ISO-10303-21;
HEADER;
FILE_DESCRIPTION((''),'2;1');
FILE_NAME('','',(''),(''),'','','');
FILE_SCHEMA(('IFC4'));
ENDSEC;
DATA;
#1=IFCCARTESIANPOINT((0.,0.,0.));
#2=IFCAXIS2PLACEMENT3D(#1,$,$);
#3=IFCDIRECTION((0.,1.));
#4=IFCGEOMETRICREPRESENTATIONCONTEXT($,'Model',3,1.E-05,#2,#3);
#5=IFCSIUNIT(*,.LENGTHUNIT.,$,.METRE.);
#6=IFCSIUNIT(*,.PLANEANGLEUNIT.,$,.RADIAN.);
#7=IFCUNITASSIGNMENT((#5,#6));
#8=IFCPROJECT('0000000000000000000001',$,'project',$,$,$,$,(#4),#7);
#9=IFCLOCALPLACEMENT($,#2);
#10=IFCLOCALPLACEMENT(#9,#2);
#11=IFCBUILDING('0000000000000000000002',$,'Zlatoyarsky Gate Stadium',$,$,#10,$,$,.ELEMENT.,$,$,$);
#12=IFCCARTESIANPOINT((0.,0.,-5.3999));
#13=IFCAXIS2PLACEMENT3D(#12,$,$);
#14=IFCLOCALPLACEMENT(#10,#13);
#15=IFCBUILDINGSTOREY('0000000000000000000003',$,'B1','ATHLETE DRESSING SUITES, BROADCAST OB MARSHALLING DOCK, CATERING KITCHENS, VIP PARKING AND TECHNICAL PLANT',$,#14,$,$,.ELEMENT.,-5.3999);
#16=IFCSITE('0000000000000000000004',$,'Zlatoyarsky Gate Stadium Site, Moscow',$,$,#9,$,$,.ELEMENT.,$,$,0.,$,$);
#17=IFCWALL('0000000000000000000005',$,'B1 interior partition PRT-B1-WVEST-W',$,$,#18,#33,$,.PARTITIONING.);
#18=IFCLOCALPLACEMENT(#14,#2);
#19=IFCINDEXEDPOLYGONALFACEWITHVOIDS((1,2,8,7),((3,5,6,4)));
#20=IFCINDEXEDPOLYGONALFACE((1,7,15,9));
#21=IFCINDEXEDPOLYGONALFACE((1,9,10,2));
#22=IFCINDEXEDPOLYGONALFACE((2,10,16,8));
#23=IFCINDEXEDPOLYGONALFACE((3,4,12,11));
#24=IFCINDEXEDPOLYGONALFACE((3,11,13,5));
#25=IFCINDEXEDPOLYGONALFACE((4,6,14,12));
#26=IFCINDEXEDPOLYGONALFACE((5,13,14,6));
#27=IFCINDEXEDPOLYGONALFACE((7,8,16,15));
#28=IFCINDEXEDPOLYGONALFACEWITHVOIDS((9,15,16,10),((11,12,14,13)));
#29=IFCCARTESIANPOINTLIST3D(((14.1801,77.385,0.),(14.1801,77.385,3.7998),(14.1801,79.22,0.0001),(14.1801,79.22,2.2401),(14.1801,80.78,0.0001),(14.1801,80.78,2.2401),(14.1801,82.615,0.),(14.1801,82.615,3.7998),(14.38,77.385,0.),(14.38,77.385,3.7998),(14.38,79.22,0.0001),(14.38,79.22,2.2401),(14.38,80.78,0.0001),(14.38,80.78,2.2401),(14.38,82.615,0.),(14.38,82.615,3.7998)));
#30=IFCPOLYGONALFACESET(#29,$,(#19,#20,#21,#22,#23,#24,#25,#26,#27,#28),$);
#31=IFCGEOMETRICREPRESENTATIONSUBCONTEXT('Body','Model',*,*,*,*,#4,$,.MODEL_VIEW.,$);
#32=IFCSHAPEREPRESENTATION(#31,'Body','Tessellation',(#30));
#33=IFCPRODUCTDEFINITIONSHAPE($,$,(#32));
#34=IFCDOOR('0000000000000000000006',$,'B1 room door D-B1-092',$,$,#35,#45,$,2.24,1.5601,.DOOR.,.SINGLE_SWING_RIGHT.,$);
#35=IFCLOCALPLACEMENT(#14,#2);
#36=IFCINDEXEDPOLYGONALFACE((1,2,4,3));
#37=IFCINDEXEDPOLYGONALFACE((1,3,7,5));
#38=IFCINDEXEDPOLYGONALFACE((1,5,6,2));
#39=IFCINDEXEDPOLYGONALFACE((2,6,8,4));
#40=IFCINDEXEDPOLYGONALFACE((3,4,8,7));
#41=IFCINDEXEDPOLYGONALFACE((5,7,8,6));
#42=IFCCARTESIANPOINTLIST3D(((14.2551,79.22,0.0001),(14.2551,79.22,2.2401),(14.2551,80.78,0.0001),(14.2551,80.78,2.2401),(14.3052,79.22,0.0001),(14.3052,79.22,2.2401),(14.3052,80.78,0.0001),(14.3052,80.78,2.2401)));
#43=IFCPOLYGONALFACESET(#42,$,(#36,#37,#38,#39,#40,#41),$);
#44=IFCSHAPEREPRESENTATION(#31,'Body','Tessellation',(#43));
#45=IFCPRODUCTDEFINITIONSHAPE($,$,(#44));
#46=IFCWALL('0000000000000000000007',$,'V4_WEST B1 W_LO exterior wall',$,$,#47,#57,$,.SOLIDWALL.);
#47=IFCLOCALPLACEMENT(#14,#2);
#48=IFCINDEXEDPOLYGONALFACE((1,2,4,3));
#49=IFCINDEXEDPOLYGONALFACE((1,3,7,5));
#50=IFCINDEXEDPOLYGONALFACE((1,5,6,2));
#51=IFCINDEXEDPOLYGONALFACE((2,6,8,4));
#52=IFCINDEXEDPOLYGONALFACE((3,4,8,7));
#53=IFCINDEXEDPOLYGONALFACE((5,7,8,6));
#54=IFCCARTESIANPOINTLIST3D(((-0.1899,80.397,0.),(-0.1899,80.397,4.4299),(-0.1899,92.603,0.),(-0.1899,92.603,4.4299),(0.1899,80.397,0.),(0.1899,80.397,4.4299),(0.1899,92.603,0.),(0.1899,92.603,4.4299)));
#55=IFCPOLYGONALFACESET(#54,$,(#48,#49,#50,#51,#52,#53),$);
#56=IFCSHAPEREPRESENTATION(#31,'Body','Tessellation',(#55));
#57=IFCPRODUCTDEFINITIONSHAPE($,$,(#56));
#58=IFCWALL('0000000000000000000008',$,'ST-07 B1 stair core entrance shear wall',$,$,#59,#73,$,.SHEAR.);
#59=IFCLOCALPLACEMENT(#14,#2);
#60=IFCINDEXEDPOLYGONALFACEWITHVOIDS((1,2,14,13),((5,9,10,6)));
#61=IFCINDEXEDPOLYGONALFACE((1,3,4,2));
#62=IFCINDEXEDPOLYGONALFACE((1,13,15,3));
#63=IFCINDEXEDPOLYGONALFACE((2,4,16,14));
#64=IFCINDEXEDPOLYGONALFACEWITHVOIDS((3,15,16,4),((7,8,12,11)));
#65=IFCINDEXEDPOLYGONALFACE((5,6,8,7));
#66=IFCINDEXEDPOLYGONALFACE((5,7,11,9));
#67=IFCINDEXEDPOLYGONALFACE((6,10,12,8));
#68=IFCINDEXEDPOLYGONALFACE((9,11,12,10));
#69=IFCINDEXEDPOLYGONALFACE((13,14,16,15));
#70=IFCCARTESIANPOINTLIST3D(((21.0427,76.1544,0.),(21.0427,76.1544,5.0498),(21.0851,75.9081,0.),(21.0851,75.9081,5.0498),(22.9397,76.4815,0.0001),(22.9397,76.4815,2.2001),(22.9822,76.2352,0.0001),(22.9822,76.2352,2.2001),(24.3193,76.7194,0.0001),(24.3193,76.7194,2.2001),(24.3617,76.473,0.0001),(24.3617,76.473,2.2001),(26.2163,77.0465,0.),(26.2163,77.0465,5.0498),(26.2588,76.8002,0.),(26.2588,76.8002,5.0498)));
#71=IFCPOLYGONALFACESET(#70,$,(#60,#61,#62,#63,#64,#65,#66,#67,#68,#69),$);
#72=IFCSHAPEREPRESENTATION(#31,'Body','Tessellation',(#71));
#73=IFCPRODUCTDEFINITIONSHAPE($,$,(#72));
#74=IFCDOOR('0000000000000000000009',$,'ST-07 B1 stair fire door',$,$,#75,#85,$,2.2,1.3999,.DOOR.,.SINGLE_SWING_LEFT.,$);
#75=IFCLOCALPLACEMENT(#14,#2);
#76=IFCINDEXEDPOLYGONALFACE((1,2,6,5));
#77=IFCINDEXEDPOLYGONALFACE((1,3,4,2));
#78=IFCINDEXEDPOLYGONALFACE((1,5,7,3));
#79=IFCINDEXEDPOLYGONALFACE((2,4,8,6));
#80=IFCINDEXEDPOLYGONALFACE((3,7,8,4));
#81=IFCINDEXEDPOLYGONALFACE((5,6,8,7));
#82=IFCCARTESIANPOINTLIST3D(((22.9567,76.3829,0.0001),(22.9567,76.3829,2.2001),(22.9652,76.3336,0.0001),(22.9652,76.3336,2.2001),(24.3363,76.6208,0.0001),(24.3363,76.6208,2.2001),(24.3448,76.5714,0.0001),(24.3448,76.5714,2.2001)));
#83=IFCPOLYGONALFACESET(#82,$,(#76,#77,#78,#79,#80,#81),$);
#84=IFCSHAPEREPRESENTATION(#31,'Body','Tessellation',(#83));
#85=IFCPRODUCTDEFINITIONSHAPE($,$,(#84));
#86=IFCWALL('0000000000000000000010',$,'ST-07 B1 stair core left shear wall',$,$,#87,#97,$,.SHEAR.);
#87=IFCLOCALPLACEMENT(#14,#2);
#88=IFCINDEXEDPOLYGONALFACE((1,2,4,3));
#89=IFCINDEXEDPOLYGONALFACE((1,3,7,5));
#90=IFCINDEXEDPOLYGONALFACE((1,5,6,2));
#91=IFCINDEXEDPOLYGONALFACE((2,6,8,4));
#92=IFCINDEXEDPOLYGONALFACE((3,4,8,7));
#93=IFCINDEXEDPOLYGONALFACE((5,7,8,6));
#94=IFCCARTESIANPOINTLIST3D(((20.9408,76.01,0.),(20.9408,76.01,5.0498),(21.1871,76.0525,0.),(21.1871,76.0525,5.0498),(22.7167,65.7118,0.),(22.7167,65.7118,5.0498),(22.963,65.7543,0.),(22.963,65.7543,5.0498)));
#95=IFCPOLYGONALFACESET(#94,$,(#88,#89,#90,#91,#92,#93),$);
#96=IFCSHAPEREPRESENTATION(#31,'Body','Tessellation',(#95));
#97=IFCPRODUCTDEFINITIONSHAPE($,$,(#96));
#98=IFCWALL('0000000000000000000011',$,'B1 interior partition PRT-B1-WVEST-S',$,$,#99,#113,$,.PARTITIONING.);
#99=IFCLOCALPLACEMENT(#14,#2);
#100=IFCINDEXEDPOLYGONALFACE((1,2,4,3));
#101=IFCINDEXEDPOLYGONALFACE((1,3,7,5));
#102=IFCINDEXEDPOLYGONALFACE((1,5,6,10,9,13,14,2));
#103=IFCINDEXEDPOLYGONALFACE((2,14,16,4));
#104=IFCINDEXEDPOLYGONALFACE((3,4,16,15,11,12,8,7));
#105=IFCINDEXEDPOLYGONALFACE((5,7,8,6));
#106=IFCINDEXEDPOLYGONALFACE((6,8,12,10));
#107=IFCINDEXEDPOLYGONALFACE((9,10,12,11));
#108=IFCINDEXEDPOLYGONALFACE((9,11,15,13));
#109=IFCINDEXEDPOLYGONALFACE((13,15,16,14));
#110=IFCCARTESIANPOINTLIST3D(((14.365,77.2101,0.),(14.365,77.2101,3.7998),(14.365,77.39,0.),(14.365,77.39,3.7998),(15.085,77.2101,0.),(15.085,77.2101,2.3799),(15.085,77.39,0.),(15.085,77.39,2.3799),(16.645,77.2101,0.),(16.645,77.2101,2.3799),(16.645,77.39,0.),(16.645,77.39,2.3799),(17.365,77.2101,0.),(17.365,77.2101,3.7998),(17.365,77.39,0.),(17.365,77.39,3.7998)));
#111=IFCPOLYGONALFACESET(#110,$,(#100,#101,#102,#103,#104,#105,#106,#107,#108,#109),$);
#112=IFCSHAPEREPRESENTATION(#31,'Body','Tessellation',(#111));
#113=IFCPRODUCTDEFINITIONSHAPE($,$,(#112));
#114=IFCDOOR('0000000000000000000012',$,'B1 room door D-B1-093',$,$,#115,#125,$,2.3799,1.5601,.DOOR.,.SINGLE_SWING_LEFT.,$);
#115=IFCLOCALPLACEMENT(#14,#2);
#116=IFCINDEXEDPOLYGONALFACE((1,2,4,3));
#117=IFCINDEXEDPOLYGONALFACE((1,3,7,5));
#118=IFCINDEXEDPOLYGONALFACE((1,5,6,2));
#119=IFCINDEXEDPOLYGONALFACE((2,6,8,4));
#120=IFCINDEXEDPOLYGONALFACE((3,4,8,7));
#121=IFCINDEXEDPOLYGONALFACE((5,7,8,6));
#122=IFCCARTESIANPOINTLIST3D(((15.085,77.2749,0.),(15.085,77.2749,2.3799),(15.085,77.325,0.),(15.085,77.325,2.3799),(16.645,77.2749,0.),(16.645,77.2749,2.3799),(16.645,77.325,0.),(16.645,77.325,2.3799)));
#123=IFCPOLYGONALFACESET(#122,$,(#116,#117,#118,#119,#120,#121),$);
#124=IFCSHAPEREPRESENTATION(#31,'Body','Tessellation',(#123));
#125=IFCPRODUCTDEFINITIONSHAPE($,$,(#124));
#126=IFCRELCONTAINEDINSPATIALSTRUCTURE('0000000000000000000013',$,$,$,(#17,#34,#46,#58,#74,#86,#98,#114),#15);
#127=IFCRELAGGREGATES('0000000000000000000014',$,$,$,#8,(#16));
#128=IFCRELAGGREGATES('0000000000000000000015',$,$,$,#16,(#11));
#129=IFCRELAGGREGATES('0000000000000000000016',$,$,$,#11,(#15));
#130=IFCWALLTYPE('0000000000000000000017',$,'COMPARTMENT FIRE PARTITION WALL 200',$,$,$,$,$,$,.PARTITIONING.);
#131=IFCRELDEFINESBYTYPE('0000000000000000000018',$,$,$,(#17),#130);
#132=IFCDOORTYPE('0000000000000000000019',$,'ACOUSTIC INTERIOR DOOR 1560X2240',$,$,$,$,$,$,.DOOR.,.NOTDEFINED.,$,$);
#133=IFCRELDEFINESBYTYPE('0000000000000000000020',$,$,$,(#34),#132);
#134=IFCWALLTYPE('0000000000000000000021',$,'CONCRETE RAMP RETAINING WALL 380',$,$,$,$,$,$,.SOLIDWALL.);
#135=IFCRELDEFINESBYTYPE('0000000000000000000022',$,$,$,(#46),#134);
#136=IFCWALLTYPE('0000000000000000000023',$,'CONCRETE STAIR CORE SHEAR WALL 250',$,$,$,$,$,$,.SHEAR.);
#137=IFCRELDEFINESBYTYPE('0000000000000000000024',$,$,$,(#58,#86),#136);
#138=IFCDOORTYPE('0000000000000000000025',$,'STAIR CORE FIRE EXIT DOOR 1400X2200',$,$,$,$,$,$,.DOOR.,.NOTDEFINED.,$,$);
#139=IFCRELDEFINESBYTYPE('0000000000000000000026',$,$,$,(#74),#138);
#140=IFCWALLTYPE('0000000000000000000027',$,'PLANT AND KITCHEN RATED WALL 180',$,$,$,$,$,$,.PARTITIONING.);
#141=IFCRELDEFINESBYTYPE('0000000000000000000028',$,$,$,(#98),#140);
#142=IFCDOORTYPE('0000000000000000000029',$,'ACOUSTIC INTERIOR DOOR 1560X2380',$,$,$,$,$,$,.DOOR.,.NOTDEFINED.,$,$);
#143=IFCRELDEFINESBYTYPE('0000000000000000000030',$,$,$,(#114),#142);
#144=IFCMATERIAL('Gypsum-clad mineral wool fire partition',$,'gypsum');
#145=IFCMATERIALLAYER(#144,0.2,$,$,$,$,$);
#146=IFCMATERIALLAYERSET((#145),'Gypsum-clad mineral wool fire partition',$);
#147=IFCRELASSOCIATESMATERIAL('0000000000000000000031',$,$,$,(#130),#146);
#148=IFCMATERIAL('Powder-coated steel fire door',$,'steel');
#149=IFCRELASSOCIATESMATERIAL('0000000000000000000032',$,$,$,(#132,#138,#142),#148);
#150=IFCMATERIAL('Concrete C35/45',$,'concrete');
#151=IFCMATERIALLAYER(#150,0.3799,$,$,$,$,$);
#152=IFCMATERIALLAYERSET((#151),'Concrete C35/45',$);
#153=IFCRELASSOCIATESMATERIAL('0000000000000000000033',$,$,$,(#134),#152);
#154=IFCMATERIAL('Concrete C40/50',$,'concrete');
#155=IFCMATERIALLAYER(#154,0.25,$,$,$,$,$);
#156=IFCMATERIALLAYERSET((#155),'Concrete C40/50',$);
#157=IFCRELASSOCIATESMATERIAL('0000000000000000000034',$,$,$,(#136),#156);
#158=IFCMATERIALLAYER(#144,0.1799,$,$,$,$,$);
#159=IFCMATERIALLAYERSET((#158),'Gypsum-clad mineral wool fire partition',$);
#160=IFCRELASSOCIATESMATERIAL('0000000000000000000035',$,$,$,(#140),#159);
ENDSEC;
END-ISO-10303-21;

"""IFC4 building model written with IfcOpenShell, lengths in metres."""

from ifc_helpers import new_model, si_unit, direction, frame, frame_2d, origin, place, context, subcontext, project, spatial, rectangle, extrude, material, layer, layer_set, type_object, element, fill, save


model = new_model("IFC4")

# Units and contexts
model_context = context("Model", 3, precision=1e-05, world=origin(), true_north=direction((0.0, 1.0)))
body_context = subcontext(model_context, "Body", "Model", "MODEL_VIEW")
ifc_project = project(units=[si_unit("LENGTHUNIT", "METRE"), si_unit("PLANEANGLEUNIT", "RADIAN")], contexts=[model_context])

# Site, building, storey
site_placement = place(None, origin())
site = spatial("IfcSite", under=ifc_project, at=site_placement, Name="Zlatoyarsky Gate Stadium Site, Moscow", CompositionType="ELEMENT", RefElevation=0.0)
building_placement = place(site_placement, origin())
building = spatial("IfcBuilding", under=site, at=building_placement, Name="Zlatoyarsky Gate Stadium", CompositionType="ELEMENT")
storey_placement = place(building_placement, frame((0.0, 0.0, -5.3999)))
storey = spatial("IfcBuildingStorey", under=building, at=storey_placement, Name="B1", Description="ATHLETE DRESSING SUITES, BROADCAST OB MARSHALLING DOCK, CATERING KITCHENS, VIP PARKING AND TECHNICAL PLANT", CompositionType="ELEMENT", Elevation=-5.3999)

# Shared definitions
ifc_material_1 = material(Name="Concrete C35/45", Category="concrete")

# Shared definitions
ifc_material_2 = material(Name="Concrete C40/50", Category="concrete")

# Wall, opening, door
ifc_material_3 = material(Name="Gypsum-clad mineral wool fire partition", Category="gypsum")
ifc_layer_1 = layer(ifc_material_3, 0.2)
ifc_layer_set_1 = layer_set([ifc_layer_1], Name="Gypsum-clad mineral wool fire partition")
wall_type_1 = type_object("IfcWallType", Name="COMPARTMENT FIRE PARTITION WALL 200", PredefinedType="PARTITIONING", material=ifc_layer_set_1)
wall_1_placement = place(storey_placement, frame((14.28, 77.385, 0.0), z_axis=(0.0, 0.0, 1.0), x_axis=(0.0, 1.0, 0.0)))
wall_1 = element("IfcWall", 1, at=wall_1_placement, inside=storey, type_object=wall_type_1, Name="B1 interior partition PRT-B1-WVEST-W", PredefinedType="PARTITIONING", context=body_context, shape_type="SweptSolid", body=[
    extrude(rectangle(XDim=5.23, YDim=0.2, at=frame_2d((2.615, 0.0))), origin(), (0.0, 0.0, 1.0), 3.7998),
])
opening_1_placement = place(wall_1_placement, frame((1.835, 0.0, 0.0)))
opening_1 = element("IfcOpeningElement", 2, at=opening_1_placement, cuts=wall_1, PredefinedType="OPENING", context=body_context, shape_type="SweptSolid", body=[
    extrude(rectangle(XDim=1.5601, YDim=2.24, at=frame_2d((0.78, 1.1201))), frame((0.0, 0.1099, 0.0), z_axis=(0.0, -1.0, 0.0), x_axis=(1.0, 0.0, 0.0)), (0.0, 0.0, 1.0), 0.22),
])
ifc_material_4 = material(Name="Powder-coated steel fire door", Category="steel")
door_type_1 = type_object("IfcDoorType", Name="ACOUSTIC INTERIOR DOOR 1560X2240", OperationType="NOTDEFINED", PredefinedType="DOOR", material=ifc_material_4)
door_1_placement = place(opening_1_placement, origin())
door_1 = element("IfcDoor", 3, at=door_1_placement, inside=storey, type_object=door_type_1, Name="B1 room door D-B1-092", OperationType="SINGLE_SWING_RIGHT", OverallHeight=2.24, OverallWidth=1.5601, PredefinedType="DOOR", context=body_context, shape_type="SweptSolid", body=[
    extrude(rectangle(XDim=1.5601, YDim=2.24, at=frame_2d((0.78, 1.1201))), frame((0.0, 0.0249, 0.0), z_axis=(0.0, -1.0, 0.0), x_axis=(1.0, 0.0, 0.0)), (0.0, 0.0, 1.0), 0.05),
])
fill(opening_1, door_1)

# Wall
ifc_layer_2 = layer(ifc_material_1, 0.3799)
ifc_layer_set_2 = layer_set([ifc_layer_2], Name="Concrete C35/45")
wall_type_2 = type_object("IfcWallType", Name="CONCRETE RAMP RETAINING WALL 380", PredefinedType="SOLIDWALL", material=ifc_layer_set_2)
wall_2_placement = place(storey_placement, frame((0.0, 80.397, 0.0), z_axis=(0.0, 0.0, 1.0), x_axis=(0.0, 1.0, 0.0)))
element("IfcWall", 4, at=wall_2_placement, inside=storey, type_object=wall_type_2, Name="V4_WEST B1 W_LO exterior wall", PredefinedType="SOLIDWALL", context=body_context, shape_type="SweptSolid", body=[
    extrude(rectangle(XDim=12.2061, YDim=0.3799, at=frame_2d((6.103, 0.0))), origin(), (0.0, 0.0, 1.0), 4.4299),
])

# Wall, opening, door
ifc_layer_3 = layer(ifc_material_2, 0.25)
ifc_layer_set_3 = layer_set([ifc_layer_3], Name="Concrete C40/50")
wall_type_3 = type_object("IfcWallType", Name="CONCRETE STAIR CORE SHEAR WALL 250", PredefinedType="SHEAR", material=ifc_layer_set_3)
wall_3_placement = place(storey_placement, frame((26.2375, 76.9233, 0.0), z_axis=(0.0, 0.0, 1.0), x_axis=(-0.985457, -0.169924, 0.0)))
wall_3 = element("IfcWall", 5, at=wall_3_placement, inside=storey, type_object=wall_type_3, Name="ST-07 B1 stair core entrance shear wall", PredefinedType="SHEAR", context=body_context, shape_type="SweptSolid", body=[
    extrude(rectangle(XDim=5.25, YDim=0.25, at=frame_2d((2.625, 0.0))), origin(), (0.0, 0.0, 1.0), 5.0498),
])
opening_2_placement = place(wall_3_placement, frame((1.925, 0.0, 0.0)))
opening_2 = element("IfcOpeningElement", 6, at=opening_2_placement, cuts=wall_3, PredefinedType="OPENING", context=body_context, shape_type="SweptSolid", body=[
    extrude(rectangle(XDim=1.3999, YDim=2.2, at=frame_2d((0.7, 1.1001))), frame((0.0, 0.135, 0.0), z_axis=(0.0, -1.0, 0.0), x_axis=(1.0, 0.0, 0.0)), (0.0, 0.0, 1.0), 0.27),
])
door_type_2 = type_object("IfcDoorType", Name="STAIR CORE FIRE EXIT DOOR 1400X2200", OperationType="NOTDEFINED", PredefinedType="DOOR", material=ifc_material_4)
door_2_placement = place(opening_2_placement, frame((1.3999, 0.0, 0.0), z_axis=(0.0, 0.0, 1.0), x_axis=(-1.0, 0.0, 0.0)))
door_2 = element("IfcDoor", 7, at=door_2_placement, inside=storey, type_object=door_type_2, Name="ST-07 B1 stair fire door", OperationType="SINGLE_SWING_LEFT", OverallHeight=2.2, OverallWidth=1.3999, PredefinedType="DOOR", context=body_context, shape_type="SweptSolid", body=[
    extrude(rectangle(XDim=1.3999, YDim=2.2, at=frame_2d((0.7, 1.1001))), frame((0.0, 0.0249, 0.0), z_axis=(0.0, -1.0, 0.0), x_axis=(1.0, 0.0, 0.0)), (0.0, 0.0, 1.0), 0.05),
])
fill(opening_2, door_2)

# Wall
wall_4_placement = place(storey_placement, frame((21.064, 76.0312, 0.0), z_axis=(0.0, 0.0, 1.0), x_axis=(0.169939, -0.985455, 0.0)))
element("IfcWall", 8, at=wall_4_placement, inside=storey, type_object=wall_type_3, Name="ST-07 B1 stair core left shear wall", PredefinedType="SHEAR", context=body_context, shape_type="SweptSolid", body=[
    extrude(rectangle(XDim=10.4502, YDim=0.25, at=frame_2d((5.2251, 0.0))), origin(), (0.0, 0.0, 1.0), 5.0498),
])

# Wall, opening, door
ifc_layer_4 = layer(ifc_material_3, 0.1799)
ifc_layer_set_4 = layer_set([ifc_layer_4], Name="Gypsum-clad mineral wool fire partition")
wall_type_4 = type_object("IfcWallType", Name="PLANT AND KITCHEN RATED WALL 180", PredefinedType="PARTITIONING", material=ifc_layer_set_4)
wall_5_placement = place(storey_placement, frame((14.365, 77.3, 0.0), z_axis=(0.0, 0.0, 1.0), x_axis=(1.0, 0.0, 0.0)))
wall_5 = element("IfcWall", 9, at=wall_5_placement, inside=storey, type_object=wall_type_4, Name="B1 interior partition PRT-B1-WVEST-S", PredefinedType="PARTITIONING", context=body_context, shape_type="SweptSolid", body=[
    extrude(rectangle(XDim=3.0, YDim=0.1799, at=frame_2d((1.5, 0.0))), origin(), (0.0, 0.0, 1.0), 3.7998),
])
opening_3_placement = place(wall_5_placement, frame((0.72, 0.0, 0.0)))
opening_3 = element("IfcOpeningElement", 10, at=opening_3_placement, cuts=wall_5, PredefinedType="OPENING", context=body_context, shape_type="SweptSolid", body=[
    extrude(rectangle(XDim=1.5601, YDim=2.3799, at=frame_2d((0.78, 1.1899))), frame((0.0, 0.0999, 0.0), z_axis=(0.0, -1.0, 0.0), x_axis=(1.0, 0.0, 0.0)), (0.0, 0.0, 1.0), 0.2),
])
door_type_3 = type_object("IfcDoorType", Name="ACOUSTIC INTERIOR DOOR 1560X2380", OperationType="NOTDEFINED", PredefinedType="DOOR", material=ifc_material_4)
door_3_placement = place(opening_3_placement, origin())
door_3 = element("IfcDoor", 11, at=door_3_placement, inside=storey, type_object=door_type_3, Name="B1 room door D-B1-093", OperationType="SINGLE_SWING_LEFT", OverallHeight=2.3799, OverallWidth=1.5601, PredefinedType="DOOR", context=body_context, shape_type="SweptSolid", body=[
    extrude(rectangle(XDim=1.5601, YDim=2.3799, at=frame_2d((0.78, 1.1899))), frame((0.0, 0.0249, 0.0), z_axis=(0.0, -1.0, 0.0), x_axis=(1.0, 0.0, 0.0)), (0.0, 0.0, 1.0), 0.05),
])
fill(opening_3, door_3)

save(model, "model.ifc")
